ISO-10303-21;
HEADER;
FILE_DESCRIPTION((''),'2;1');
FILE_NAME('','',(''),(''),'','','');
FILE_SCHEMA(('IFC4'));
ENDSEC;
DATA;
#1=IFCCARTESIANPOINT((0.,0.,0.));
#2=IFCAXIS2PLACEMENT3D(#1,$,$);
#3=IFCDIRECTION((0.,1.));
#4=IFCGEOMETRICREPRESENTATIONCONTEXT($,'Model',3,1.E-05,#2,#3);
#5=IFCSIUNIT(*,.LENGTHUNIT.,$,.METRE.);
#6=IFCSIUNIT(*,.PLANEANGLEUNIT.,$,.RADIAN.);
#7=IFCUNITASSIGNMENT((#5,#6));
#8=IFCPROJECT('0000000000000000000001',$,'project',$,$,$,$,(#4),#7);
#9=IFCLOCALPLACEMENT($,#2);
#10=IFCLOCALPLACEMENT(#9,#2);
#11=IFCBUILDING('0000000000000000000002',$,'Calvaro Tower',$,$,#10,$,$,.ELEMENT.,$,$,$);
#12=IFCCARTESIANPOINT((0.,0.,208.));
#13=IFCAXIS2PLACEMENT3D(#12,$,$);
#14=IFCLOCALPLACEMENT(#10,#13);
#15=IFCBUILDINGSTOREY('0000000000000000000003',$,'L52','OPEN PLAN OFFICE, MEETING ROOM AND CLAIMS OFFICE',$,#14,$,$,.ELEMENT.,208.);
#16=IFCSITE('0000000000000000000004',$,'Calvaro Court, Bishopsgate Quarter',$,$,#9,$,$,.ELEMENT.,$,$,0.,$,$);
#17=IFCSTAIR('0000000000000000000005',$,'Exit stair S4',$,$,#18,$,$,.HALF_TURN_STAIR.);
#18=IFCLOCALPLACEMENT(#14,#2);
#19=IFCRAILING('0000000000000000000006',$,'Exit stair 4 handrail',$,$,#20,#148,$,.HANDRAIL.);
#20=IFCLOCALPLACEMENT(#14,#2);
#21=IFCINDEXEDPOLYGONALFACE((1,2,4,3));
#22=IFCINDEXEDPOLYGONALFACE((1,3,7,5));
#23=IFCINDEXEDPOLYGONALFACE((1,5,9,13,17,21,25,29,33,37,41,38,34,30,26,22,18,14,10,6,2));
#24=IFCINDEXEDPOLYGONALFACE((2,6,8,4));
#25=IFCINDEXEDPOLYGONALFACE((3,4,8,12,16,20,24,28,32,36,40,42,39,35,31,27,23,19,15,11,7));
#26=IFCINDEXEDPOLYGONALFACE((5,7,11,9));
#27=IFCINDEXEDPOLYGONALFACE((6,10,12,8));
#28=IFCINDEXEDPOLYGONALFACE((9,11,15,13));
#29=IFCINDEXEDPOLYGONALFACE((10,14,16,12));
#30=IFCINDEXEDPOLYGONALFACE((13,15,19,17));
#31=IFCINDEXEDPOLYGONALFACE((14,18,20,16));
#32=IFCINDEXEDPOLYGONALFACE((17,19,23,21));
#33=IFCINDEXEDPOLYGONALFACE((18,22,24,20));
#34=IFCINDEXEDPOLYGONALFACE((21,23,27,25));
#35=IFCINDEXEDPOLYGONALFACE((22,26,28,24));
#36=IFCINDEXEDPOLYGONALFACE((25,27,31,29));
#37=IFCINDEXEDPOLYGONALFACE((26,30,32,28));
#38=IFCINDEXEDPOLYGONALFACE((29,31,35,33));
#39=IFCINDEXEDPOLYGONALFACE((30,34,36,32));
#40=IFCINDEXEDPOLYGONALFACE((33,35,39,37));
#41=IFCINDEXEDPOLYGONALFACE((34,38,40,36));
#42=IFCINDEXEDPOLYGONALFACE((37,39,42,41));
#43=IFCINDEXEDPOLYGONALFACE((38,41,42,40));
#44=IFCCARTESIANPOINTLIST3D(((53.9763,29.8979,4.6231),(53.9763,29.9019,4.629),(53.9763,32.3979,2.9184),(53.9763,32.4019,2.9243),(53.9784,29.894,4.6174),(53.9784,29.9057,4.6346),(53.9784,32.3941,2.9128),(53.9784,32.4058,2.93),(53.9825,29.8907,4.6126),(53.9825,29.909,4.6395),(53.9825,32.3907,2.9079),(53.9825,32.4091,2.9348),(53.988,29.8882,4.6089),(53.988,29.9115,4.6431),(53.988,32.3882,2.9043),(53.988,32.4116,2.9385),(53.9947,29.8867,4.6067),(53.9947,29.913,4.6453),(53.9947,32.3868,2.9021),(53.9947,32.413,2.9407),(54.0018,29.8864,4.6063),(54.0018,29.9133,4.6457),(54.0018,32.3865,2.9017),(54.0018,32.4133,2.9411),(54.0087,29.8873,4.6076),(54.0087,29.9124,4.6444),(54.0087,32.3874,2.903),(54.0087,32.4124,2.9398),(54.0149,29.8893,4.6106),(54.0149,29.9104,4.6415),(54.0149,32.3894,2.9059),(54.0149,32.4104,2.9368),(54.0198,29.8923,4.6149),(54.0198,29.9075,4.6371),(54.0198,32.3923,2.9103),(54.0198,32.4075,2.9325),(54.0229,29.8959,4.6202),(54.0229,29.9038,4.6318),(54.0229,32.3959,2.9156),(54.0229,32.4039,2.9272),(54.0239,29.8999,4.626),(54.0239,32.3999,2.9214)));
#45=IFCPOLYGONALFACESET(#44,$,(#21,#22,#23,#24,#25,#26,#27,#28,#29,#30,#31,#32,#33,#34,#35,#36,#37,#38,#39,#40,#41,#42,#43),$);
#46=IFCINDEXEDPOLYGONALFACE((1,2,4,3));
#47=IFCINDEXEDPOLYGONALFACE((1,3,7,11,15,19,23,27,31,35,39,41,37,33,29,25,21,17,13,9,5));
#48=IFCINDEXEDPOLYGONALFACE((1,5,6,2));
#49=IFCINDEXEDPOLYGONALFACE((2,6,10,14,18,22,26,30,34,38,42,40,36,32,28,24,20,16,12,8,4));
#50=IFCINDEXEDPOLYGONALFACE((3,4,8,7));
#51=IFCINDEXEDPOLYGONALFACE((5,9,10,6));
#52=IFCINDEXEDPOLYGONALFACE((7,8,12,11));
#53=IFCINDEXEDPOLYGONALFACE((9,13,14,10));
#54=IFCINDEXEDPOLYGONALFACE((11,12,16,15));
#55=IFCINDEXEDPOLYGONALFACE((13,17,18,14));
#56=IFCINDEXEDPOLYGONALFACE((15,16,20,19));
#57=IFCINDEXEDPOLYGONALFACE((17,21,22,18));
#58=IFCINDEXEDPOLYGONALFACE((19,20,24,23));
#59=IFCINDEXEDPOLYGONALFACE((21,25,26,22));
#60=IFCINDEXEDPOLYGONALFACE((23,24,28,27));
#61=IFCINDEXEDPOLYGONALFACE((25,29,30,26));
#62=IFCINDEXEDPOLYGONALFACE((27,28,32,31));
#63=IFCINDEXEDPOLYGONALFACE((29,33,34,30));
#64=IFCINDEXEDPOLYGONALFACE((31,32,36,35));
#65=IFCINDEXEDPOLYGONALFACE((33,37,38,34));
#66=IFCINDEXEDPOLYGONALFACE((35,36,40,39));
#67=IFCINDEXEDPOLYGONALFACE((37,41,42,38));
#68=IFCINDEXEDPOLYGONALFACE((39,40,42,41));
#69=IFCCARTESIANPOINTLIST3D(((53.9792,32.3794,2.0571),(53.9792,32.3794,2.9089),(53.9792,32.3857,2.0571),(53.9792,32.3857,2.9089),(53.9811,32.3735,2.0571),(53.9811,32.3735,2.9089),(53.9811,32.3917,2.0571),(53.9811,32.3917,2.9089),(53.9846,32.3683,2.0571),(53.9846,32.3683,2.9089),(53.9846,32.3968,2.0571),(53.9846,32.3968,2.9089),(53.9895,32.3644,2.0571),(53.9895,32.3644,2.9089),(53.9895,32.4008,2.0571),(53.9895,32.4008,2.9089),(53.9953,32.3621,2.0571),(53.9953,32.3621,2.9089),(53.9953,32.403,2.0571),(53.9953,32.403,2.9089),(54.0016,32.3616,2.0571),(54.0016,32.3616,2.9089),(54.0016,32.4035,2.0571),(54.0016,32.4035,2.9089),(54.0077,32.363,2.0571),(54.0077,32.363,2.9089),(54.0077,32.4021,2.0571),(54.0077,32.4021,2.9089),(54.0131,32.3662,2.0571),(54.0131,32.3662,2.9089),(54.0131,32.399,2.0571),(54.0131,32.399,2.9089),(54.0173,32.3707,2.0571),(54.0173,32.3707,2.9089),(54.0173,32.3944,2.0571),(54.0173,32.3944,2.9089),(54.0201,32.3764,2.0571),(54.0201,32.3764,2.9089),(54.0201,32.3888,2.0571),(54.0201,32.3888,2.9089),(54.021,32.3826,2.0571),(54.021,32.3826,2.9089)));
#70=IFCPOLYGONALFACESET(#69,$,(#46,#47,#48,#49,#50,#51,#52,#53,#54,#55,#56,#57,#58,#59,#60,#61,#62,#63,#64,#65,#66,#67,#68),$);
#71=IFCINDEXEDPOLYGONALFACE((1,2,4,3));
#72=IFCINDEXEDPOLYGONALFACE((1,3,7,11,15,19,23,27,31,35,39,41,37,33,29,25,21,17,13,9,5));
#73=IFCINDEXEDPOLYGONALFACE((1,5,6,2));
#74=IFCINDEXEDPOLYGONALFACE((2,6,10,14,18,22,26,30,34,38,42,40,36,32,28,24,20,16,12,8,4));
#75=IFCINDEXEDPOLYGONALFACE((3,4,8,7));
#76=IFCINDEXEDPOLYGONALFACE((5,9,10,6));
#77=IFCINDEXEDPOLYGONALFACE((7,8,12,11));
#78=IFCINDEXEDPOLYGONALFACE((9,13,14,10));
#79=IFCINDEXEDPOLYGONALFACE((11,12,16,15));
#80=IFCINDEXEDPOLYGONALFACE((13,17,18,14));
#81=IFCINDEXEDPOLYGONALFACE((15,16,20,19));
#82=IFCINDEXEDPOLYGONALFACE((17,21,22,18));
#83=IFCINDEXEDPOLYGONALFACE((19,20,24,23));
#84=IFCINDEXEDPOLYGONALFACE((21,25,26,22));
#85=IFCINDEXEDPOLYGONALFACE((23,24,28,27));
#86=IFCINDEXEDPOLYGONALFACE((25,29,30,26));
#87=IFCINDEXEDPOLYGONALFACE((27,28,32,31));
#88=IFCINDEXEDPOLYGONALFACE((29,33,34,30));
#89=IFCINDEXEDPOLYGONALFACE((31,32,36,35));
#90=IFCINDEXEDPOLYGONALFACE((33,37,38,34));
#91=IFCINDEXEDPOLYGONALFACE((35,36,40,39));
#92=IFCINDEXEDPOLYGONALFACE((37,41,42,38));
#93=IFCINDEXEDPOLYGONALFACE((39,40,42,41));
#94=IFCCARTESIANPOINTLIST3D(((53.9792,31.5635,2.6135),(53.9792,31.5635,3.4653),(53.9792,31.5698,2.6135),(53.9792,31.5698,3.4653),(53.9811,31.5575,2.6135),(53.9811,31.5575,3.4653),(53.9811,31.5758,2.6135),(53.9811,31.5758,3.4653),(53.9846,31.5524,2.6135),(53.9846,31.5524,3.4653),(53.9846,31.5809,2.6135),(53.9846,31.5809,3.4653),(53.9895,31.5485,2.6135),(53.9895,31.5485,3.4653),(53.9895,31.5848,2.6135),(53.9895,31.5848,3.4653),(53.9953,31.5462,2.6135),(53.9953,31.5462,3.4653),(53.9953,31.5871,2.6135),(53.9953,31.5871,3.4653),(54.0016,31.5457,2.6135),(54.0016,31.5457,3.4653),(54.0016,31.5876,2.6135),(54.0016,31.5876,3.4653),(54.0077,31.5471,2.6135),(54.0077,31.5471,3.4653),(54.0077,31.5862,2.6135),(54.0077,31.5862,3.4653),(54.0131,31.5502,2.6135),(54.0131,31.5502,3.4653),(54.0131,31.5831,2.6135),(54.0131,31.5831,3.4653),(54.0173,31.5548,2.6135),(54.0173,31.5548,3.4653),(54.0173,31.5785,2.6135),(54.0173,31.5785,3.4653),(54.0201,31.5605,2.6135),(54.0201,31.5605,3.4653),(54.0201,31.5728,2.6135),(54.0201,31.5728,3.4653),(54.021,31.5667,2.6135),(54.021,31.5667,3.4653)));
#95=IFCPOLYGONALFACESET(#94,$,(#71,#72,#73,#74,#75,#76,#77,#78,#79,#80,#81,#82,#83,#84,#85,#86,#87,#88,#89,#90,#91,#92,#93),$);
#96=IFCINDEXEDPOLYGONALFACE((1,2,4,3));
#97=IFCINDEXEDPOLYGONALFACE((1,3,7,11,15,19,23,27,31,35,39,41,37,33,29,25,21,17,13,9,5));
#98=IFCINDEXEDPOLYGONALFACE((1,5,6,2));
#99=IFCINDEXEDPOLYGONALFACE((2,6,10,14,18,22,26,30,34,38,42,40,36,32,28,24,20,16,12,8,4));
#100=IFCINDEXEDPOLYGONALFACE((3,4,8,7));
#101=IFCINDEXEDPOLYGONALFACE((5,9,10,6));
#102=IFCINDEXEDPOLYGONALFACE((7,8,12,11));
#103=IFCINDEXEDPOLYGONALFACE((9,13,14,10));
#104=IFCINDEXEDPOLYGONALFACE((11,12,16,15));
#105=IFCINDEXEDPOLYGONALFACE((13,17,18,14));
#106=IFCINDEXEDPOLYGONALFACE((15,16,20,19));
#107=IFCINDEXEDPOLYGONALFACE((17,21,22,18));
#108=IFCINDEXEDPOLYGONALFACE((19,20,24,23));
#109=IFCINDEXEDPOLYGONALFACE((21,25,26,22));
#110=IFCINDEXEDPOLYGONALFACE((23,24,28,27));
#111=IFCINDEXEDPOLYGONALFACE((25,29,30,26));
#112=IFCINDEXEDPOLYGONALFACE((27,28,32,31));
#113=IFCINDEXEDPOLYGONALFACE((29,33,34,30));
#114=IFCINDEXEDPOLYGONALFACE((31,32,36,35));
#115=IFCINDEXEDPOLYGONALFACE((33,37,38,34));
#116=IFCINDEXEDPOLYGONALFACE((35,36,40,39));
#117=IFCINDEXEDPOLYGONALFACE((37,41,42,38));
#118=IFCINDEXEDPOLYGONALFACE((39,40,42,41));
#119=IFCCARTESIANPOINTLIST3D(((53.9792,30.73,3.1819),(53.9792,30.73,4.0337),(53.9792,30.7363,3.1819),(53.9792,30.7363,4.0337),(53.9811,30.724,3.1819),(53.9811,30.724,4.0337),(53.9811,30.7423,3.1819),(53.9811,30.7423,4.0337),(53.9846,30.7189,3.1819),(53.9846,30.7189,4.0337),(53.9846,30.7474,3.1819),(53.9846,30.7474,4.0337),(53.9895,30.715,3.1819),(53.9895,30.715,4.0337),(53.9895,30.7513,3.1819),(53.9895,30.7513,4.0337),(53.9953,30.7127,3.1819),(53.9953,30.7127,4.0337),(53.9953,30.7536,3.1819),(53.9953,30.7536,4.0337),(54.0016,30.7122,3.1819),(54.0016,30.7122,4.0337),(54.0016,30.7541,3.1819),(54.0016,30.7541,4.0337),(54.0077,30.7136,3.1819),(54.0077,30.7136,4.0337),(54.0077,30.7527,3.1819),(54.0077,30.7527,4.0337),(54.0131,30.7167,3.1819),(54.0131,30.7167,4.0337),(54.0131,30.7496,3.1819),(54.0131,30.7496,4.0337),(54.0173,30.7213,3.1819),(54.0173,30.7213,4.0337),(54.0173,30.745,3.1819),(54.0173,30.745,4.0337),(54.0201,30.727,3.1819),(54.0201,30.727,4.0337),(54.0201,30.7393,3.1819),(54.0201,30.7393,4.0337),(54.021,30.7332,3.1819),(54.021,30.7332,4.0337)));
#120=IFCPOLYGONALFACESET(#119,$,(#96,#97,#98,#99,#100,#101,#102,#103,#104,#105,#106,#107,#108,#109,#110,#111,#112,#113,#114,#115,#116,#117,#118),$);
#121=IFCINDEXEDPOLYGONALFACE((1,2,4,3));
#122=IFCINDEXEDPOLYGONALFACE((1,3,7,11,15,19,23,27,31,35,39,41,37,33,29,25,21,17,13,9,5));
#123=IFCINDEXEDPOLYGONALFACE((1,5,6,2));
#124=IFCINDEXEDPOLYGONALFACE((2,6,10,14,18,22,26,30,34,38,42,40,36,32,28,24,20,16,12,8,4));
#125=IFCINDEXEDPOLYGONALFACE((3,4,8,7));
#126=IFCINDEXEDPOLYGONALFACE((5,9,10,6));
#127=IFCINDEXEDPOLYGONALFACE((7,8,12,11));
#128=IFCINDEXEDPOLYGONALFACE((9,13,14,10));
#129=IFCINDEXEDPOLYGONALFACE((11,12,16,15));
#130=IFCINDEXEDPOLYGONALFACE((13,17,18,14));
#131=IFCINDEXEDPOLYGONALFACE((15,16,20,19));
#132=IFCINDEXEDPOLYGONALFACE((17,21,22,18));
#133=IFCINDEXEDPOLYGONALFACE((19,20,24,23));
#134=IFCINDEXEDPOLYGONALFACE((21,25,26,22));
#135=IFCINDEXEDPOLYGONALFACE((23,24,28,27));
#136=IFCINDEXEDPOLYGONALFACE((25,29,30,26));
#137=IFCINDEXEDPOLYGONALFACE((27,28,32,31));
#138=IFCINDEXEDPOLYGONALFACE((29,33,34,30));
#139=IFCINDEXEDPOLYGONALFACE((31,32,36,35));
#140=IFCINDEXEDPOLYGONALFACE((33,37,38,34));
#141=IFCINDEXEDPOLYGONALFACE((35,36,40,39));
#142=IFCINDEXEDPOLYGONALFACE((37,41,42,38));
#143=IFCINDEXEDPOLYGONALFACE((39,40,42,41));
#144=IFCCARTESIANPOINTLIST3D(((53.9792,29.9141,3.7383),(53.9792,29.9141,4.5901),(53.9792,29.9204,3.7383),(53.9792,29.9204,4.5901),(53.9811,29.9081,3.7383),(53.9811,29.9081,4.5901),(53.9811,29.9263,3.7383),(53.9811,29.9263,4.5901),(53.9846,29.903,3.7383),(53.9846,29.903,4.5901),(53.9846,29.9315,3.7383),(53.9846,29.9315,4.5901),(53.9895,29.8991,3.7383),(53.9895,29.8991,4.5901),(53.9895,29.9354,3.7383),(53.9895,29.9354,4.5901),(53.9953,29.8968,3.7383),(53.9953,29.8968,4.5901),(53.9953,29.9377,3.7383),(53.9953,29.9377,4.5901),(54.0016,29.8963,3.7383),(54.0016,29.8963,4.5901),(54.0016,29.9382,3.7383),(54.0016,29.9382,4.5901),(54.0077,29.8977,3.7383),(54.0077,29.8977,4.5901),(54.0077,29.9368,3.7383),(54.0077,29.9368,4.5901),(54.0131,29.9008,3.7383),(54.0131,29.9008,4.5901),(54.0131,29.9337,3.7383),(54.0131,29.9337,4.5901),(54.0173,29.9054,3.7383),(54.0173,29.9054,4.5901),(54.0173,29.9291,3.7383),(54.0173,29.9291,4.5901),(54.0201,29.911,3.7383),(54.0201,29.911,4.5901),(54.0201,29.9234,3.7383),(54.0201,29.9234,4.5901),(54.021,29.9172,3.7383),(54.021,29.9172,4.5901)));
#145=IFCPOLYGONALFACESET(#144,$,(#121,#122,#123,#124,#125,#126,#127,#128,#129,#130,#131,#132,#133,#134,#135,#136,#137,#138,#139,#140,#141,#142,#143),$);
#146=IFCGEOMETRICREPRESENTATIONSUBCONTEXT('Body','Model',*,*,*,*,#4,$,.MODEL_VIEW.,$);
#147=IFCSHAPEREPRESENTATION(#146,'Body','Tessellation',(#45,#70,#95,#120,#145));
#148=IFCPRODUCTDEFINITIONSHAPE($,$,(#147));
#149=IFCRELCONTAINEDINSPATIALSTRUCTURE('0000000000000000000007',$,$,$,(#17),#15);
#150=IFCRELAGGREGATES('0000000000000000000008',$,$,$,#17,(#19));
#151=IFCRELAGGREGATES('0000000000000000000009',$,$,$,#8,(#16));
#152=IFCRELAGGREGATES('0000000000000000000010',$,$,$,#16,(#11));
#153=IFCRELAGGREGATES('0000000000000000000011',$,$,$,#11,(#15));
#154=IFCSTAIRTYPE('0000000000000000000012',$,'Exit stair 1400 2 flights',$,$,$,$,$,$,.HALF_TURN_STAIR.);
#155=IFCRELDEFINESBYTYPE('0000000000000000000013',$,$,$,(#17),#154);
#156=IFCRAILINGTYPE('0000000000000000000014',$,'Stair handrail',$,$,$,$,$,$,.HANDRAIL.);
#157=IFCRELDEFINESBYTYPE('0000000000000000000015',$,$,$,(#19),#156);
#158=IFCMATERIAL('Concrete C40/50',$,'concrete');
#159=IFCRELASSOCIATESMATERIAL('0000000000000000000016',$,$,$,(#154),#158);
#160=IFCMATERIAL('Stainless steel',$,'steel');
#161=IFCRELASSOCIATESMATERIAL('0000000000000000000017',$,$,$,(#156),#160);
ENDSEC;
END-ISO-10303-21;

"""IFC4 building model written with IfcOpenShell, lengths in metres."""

from ifc_helpers import new_model, si_unit, direction, frame, origin, origin_2d, place, context, subcontext, project, spatial, circle, extrude, material, type_object, element, aggregate, save


model = new_model("IFC4")

# Units and contexts
model_context = context("Model", 3, precision=1e-05, world=origin(), true_north=direction((0.0, 1.0)))
body_context = subcontext(model_context, "Body", "Model", "MODEL_VIEW")
ifc_project = project(units=[si_unit("LENGTHUNIT", "METRE"), si_unit("PLANEANGLEUNIT", "RADIAN")], contexts=[model_context])

# Site, building, storey
site_placement = place(None, origin())
site = spatial("IfcSite", under=ifc_project, at=site_placement, Name="Calvaro Court, Bishopsgate Quarter", CompositionType="ELEMENT", RefElevation=0.0)
building_placement = place(site_placement, origin())
building = spatial("IfcBuilding", under=site, at=building_placement, Name="Calvaro Tower", CompositionType="ELEMENT")
storey_placement = place(building_placement, frame((0.0, 0.0, 208.0)))
storey = spatial("IfcBuildingStorey", under=building, at=storey_placement, Name="L52", Description="OPEN PLAN OFFICE, MEETING ROOM AND CLAIMS OFFICE", CompositionType="ELEMENT", Elevation=208.0)

# Stair
ifc_material_1 = material(Name="Concrete C40/50", Category="concrete")
stair_type = type_object("IfcStairType", Name="Exit stair 1400 2 flights", PredefinedType="HALF_TURN_STAIR", material=ifc_material_1)
stair_1_placement = place(storey_placement, origin())
stair_1 = element("IfcStair", 1, at=stair_1_placement, inside=storey, type_object=stair_type, Name="Exit stair S4", PredefinedType="HALF_TURN_STAIR")

# Railing
ifc_material_2 = material(Name="Stainless steel", Category="steel")
railing_type = type_object("IfcRailingType", Name="Stair handrail", PredefinedType="HANDRAIL", material=ifc_material_2)
railing_1_placement = place(storey_placement, frame((54.0, 32.3999, 2.0454)))
railing_1 = element("IfcRailing", 2, at=railing_1_placement, type_object=railing_type, Name="Exit stair 4 handrail", PredefinedType="HANDRAIL", context=body_context, shape_type="SweptSolid", body=[
    extrude(circle(Radius=0.0239, at=origin_2d()), frame((0.0, 0.0, 0.876), z_axis=(0.0, -0.826221, 0.563347), x_axis=(1.0, 0.0, 0.0)), (0.0, 0.0, 1.0), 3.0259),
    extrude(circle(Radius=0.021, at=origin_2d()), frame((0.0, -0.0173, 0.0117)), (0.0, 0.0, 1.0), 0.8518),
    extrude(circle(Radius=0.021, at=origin_2d()), frame((0.0, -0.8333, 0.5681)), (0.0, 0.0, 1.0), 0.8518),
    extrude(circle(Radius=0.021, at=origin_2d()), frame((0.0, -1.6667, 1.1365)), (0.0, 0.0, 1.0), 0.8518),
    extrude(circle(Radius=0.021, at=origin_2d()), frame((0.0, -2.4827, 1.6929)), (0.0, 0.0, 1.0), 0.8518),
])
aggregate(stair_1, [railing_1])

save(model, "model.ifc")
